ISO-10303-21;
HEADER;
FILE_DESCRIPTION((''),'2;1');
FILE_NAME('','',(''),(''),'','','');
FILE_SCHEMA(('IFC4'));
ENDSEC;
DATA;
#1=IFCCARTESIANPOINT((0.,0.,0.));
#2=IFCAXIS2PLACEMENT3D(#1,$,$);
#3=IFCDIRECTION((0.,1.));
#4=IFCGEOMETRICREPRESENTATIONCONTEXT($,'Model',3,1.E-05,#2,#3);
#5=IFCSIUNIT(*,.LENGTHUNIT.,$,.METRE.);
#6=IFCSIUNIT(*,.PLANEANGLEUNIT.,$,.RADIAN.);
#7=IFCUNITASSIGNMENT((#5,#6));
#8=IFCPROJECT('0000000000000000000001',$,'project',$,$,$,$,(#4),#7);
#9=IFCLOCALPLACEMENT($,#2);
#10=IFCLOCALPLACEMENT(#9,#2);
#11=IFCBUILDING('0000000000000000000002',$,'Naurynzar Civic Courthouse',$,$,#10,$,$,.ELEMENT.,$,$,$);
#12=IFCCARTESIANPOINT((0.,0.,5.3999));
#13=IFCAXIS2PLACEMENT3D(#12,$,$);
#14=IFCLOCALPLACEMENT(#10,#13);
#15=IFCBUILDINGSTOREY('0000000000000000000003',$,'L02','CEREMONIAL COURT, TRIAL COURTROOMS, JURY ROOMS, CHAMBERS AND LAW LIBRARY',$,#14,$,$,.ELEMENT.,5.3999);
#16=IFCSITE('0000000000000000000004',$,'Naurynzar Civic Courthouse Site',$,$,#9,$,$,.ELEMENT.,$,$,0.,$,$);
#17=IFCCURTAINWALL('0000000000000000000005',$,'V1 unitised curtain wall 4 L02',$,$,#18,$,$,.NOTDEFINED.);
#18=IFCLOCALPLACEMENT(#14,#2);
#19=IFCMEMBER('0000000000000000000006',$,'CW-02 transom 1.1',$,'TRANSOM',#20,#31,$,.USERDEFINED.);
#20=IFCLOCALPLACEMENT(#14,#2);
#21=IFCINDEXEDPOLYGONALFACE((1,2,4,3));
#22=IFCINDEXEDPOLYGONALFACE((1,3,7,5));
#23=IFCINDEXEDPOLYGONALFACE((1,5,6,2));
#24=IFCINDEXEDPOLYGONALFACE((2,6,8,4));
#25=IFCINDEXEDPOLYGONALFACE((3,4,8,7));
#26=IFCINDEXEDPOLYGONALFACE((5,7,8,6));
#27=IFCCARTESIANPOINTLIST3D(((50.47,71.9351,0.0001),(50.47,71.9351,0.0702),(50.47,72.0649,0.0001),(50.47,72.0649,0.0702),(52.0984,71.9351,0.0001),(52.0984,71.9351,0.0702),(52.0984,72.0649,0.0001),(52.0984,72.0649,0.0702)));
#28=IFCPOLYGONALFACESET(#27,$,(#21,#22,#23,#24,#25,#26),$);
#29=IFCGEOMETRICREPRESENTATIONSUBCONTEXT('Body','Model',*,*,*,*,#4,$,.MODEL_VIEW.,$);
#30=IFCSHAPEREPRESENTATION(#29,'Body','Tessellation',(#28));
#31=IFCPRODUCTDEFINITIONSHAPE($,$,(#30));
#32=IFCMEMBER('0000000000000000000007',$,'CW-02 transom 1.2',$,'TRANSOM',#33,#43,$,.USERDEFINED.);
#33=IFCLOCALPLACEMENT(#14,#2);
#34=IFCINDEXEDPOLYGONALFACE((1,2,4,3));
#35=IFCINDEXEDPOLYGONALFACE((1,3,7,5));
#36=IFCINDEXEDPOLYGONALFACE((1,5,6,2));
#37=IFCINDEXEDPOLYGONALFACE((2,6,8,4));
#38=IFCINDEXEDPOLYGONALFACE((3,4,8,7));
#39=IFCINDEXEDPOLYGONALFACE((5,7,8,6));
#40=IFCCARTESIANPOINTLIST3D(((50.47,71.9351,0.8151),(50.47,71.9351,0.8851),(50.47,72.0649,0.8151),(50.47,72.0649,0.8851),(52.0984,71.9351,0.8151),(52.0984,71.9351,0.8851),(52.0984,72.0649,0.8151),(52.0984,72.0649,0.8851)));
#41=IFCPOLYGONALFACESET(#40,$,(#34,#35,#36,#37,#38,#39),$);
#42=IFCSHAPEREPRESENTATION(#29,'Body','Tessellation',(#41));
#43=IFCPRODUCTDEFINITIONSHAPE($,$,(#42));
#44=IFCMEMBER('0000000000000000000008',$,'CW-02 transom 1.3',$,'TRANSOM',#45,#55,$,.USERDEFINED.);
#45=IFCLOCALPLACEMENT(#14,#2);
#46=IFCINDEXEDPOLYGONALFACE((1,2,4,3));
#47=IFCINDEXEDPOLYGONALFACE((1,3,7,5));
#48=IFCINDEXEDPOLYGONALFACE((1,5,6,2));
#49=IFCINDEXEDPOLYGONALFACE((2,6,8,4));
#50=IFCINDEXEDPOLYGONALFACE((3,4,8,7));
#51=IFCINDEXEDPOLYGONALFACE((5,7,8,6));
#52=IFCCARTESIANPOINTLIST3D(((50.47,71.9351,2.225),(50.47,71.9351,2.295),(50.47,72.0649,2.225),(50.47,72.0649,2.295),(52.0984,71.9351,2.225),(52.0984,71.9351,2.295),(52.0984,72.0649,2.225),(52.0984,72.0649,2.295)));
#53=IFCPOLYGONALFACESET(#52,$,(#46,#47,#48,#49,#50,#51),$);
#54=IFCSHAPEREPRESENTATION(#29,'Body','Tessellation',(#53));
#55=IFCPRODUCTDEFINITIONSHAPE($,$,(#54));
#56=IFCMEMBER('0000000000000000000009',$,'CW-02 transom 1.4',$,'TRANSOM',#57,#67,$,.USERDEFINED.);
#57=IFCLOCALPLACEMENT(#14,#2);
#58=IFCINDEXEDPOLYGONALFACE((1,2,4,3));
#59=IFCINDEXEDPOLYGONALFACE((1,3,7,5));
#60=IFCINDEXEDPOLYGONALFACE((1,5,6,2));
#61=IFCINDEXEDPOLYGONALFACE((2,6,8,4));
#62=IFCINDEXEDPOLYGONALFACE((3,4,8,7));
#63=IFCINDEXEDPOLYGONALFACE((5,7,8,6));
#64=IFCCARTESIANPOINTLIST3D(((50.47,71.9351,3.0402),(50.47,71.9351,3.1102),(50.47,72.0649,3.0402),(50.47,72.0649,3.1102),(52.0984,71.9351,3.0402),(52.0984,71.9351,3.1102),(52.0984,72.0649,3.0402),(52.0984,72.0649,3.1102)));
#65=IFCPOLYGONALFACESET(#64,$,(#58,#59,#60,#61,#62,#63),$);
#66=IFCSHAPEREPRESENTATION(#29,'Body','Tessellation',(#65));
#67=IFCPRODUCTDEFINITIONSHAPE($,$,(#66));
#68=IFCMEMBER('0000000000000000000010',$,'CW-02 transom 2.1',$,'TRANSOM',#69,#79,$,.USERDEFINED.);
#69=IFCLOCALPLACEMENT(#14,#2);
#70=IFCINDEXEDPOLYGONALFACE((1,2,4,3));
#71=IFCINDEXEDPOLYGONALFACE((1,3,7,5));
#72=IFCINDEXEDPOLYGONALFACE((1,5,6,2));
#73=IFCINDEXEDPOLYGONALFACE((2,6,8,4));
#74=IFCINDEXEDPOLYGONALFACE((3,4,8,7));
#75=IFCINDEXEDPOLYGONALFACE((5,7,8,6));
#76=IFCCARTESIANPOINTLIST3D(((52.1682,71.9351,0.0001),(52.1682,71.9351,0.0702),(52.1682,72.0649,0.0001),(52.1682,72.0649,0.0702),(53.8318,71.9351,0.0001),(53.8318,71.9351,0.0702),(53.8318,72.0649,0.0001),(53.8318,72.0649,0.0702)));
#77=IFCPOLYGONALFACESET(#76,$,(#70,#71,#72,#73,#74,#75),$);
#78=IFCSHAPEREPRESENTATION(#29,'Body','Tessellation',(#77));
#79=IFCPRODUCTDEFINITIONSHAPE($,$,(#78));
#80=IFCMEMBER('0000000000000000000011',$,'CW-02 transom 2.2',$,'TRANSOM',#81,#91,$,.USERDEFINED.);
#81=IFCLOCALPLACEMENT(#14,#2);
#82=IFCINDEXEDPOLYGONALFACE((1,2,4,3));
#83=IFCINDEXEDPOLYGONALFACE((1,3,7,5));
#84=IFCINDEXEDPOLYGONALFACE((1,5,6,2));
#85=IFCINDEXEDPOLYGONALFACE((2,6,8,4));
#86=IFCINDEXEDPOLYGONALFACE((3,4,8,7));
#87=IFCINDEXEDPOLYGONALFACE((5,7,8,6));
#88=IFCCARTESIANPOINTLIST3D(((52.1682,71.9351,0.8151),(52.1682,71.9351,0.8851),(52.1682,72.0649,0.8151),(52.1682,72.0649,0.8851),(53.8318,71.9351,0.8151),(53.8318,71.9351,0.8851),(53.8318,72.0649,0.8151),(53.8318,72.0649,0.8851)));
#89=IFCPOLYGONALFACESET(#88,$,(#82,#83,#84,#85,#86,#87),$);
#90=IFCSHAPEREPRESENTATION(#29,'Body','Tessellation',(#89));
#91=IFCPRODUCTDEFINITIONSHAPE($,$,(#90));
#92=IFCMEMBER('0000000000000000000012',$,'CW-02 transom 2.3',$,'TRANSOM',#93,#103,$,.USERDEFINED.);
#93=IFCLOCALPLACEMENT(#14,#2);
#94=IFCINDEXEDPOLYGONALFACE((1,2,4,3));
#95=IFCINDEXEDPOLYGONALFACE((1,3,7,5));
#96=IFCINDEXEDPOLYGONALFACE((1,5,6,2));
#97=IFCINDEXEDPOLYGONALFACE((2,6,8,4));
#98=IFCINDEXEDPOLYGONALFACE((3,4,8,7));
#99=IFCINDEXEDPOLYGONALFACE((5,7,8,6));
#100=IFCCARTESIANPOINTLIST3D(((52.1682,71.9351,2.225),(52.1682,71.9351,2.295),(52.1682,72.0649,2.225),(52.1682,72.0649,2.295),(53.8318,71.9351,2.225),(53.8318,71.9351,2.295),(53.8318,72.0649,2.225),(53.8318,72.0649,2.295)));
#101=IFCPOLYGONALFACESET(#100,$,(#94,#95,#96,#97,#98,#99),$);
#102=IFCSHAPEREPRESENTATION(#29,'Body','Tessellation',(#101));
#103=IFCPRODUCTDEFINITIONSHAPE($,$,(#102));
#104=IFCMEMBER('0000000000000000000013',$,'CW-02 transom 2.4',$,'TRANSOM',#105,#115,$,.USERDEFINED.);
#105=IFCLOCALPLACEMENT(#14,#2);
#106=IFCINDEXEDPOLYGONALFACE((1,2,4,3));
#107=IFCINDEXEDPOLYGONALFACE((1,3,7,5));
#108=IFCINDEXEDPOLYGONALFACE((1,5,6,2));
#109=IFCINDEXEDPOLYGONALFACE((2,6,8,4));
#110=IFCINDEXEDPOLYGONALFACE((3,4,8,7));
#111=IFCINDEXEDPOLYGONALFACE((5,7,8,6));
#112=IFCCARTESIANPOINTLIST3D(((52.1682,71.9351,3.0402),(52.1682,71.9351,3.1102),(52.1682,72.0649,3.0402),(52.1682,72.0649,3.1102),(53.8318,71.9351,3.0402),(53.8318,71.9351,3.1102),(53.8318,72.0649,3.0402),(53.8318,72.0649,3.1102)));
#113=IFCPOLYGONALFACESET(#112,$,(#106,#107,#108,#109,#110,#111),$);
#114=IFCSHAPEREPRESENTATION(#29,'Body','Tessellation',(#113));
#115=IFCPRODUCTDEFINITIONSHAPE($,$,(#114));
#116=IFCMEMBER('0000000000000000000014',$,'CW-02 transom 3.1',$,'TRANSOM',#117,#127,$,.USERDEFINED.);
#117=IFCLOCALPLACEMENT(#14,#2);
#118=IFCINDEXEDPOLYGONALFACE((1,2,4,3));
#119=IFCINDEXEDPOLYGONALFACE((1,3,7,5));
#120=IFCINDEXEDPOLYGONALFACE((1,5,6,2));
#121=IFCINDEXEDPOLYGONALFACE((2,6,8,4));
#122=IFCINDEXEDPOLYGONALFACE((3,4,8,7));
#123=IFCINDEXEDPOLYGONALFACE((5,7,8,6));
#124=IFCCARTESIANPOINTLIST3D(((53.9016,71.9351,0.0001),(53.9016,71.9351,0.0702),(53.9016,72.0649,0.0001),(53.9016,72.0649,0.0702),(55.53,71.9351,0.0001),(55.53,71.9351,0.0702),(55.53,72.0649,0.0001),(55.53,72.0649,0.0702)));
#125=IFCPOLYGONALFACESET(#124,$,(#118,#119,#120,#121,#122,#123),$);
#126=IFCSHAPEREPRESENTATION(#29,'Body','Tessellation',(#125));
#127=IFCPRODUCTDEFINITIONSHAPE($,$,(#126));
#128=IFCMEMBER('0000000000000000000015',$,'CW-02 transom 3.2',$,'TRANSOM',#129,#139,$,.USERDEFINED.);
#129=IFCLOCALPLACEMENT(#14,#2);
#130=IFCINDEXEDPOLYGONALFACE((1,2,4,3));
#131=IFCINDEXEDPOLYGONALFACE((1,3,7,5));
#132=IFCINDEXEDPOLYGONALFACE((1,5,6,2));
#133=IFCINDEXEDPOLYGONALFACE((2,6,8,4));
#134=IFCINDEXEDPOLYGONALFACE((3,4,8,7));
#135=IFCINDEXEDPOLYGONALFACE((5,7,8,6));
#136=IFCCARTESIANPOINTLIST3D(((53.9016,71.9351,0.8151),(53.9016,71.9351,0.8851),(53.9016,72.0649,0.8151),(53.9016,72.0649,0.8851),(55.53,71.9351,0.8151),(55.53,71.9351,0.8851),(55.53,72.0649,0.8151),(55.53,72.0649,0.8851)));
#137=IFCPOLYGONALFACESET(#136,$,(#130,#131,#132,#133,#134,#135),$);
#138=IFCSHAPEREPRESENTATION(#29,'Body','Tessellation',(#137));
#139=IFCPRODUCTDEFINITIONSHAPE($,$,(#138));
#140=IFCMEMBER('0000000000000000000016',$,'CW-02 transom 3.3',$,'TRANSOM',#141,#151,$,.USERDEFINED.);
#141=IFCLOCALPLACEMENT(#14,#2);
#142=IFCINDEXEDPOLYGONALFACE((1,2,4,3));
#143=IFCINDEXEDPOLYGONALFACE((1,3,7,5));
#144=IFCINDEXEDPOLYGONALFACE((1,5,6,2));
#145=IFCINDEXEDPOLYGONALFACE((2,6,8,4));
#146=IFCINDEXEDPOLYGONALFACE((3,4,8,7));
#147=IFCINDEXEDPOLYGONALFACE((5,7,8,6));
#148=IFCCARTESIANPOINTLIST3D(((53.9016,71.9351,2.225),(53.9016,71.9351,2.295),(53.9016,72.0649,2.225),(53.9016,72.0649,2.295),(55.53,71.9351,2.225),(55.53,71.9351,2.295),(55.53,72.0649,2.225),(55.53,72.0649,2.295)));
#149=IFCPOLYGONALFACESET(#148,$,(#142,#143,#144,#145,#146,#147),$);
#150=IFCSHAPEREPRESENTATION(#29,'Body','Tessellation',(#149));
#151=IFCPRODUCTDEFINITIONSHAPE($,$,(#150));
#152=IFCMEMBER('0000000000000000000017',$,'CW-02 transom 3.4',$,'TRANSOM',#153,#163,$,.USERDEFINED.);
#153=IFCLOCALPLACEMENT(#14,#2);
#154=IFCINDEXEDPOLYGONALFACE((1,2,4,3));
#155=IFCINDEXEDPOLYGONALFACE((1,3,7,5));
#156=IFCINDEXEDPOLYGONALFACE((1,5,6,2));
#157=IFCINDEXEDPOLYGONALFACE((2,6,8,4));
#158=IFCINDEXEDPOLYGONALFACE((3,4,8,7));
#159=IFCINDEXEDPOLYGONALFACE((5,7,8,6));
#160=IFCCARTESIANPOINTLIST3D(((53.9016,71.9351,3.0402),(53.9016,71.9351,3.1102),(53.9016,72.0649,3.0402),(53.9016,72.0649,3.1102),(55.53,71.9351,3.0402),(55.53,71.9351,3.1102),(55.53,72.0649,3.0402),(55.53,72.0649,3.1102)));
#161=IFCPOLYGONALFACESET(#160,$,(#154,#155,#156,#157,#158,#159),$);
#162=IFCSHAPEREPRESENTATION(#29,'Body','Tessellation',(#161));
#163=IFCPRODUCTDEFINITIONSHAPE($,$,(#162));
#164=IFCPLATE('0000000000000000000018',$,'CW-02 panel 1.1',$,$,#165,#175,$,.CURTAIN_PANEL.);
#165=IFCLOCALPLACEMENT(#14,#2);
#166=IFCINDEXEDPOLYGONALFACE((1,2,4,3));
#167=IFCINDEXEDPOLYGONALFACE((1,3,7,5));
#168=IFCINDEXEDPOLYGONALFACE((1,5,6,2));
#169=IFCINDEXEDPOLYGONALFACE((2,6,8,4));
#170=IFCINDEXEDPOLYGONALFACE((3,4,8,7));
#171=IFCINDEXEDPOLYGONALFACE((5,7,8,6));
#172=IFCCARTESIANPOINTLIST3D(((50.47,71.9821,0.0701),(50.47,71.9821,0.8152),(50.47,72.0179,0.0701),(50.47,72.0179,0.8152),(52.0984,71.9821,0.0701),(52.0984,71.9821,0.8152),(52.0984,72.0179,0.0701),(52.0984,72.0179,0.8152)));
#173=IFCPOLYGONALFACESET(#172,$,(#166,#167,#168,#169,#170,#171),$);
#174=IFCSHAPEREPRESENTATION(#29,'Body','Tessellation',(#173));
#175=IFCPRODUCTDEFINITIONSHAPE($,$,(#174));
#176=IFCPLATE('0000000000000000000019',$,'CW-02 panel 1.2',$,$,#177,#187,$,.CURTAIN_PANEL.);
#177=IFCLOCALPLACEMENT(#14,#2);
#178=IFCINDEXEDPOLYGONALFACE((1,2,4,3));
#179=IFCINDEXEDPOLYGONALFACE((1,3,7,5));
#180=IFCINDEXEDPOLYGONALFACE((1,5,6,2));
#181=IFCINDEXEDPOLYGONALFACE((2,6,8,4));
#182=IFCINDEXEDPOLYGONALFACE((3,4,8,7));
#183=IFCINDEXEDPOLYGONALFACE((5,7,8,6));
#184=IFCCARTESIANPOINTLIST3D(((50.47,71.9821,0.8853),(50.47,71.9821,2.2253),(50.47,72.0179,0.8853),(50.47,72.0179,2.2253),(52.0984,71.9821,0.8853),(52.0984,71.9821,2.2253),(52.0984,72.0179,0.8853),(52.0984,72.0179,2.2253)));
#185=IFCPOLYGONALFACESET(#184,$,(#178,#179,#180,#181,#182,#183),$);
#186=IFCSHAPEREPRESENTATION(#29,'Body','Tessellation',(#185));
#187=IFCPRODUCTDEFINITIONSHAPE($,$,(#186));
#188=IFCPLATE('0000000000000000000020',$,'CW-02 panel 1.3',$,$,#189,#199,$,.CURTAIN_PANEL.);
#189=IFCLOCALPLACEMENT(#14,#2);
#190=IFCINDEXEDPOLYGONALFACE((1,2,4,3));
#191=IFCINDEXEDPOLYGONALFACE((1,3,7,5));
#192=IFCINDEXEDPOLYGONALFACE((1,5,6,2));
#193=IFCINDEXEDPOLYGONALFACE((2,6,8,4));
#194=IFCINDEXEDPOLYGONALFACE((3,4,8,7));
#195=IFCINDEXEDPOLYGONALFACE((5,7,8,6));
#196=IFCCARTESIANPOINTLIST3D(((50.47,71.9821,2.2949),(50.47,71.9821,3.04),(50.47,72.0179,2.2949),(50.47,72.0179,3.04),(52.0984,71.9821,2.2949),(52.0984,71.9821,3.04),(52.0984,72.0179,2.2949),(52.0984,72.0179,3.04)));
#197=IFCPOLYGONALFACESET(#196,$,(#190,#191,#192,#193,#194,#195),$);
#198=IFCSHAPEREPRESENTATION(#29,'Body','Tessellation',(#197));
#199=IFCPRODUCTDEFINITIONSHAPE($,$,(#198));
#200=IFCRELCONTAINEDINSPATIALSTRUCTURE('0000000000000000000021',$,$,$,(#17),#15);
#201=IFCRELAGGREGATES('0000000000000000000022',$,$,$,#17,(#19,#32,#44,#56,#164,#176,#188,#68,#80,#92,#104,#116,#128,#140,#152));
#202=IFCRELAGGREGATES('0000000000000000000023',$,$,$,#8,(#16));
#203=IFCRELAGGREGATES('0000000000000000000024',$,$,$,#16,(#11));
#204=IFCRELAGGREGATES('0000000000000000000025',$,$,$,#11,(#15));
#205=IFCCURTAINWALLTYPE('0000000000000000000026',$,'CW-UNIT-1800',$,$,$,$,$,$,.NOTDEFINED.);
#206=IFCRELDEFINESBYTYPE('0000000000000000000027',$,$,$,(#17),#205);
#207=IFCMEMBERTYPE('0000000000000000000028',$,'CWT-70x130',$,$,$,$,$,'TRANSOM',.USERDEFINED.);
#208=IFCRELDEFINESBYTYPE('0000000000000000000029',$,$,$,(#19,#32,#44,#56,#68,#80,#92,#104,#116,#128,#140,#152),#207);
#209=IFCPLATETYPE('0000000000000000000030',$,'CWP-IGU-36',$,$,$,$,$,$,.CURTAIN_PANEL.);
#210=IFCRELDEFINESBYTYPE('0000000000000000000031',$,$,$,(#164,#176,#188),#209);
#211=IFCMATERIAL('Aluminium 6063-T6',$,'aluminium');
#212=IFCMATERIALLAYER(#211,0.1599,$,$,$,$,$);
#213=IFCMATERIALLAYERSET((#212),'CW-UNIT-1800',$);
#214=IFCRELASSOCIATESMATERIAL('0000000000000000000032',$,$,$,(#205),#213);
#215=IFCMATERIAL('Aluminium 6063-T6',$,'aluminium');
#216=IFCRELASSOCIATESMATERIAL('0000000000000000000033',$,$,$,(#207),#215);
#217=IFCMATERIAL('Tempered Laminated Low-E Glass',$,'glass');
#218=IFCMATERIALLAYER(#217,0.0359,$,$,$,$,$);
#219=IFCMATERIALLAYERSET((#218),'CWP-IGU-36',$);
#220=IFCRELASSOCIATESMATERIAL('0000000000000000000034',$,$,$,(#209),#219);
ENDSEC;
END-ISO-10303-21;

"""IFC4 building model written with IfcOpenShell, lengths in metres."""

from ifc_helpers import new_model, si_unit, direction, frame, origin, origin_2d, place, context, subcontext, project, spatial, rectangle, extrude, material, layer, layer_set, material_profile, profile_set, type_object, element, aggregate, save


model = new_model("IFC4")

# Units and contexts
model_context = context("Model", 3, precision=1e-05, world=origin(), true_north=direction((0.0, 1.0)))
body_context = subcontext(model_context, "Body", "Model", "MODEL_VIEW")
ifc_project = project(units=[si_unit("LENGTHUNIT", "METRE"), si_unit("PLANEANGLEUNIT", "RADIAN")], contexts=[model_context])

# Site, building, storey
site_placement = place(None, origin())
site = spatial("IfcSite", under=ifc_project, at=site_placement, Name="Naurynzar Civic Courthouse Site", CompositionType="ELEMENT", RefElevation=0.0)
building_placement = place(site_placement, origin())
building = spatial("IfcBuilding", under=site, at=building_placement, Name="Naurynzar Civic Courthouse", CompositionType="ELEMENT")
storey_placement = place(building_placement, frame((0.0, 0.0, 5.3999)))
storey = spatial("IfcBuildingStorey", under=building, at=storey_placement, Name="L02", Description="CEREMONIAL COURT, TRIAL COURTROOMS, JURY ROOMS, CHAMBERS AND LAW LIBRARY", CompositionType="ELEMENT", Elevation=5.3999)

# Curtain wall
ifc_material_1 = material(Name="Aluminium 6063-T6", Category="aluminium")
ifc_layer_1 = layer(ifc_material_1, 0.1599)
ifc_layer_set_1 = layer_set([ifc_layer_1], Name="CW-UNIT-1800")
curtain_wall_type_1 = type_object("IfcCurtainWallType", Name="CW-UNIT-1800", PredefinedType="NOTDEFINED", material=ifc_layer_set_1)
curtain_wall_1_placement = place(storey_placement, origin())
curtain_wall_1 = element("IfcCurtainWall", 1, at=curtain_wall_1_placement, inside=storey, type_object=curtain_wall_type_1, Name="V1 unitised curtain wall 4 L02", PredefinedType="NOTDEFINED")

# Members
ifc_material_2 = material(Name="Aluminium 6063-T6", Category="aluminium")
ifc_material_profile_1 = material_profile(ifc_material_2, rectangle(XDim=0.1299, YDim=0.0701, at=origin_2d()), Name="ALU TRANSOM 70x130")
ifc_profile_set_1 = profile_set([ifc_material_profile_1], Name="Aluminium 6063-T6")
member_type_1 = type_object("IfcMemberType", Name="CWT-70x130", ElementType="TRANSOM", PredefinedType="USERDEFINED", material=ifc_profile_set_1)
member_1_placement = place(storey_placement, frame((50.47, 72.0, 0.0352), z_axis=(1.0, 0.0, 0.0), x_axis=(0.0, 1.0, 0.0)))
member_1 = element("IfcMember", 2, at=member_1_placement, type_object=member_type_1, Name="CW-02 transom 1.1", ObjectType="TRANSOM", PredefinedType="USERDEFINED", context=body_context, shape_type="SweptSolid", body=[
    extrude(rectangle(XDim=0.1299, YDim=0.0701, at=origin_2d()), origin(), (0.0, 0.0, 1.0), 1.6284),
])
member_2_placement = place(storey_placement, frame((50.47, 72.0, 0.8501), z_axis=(1.0, 0.0, 0.0), x_axis=(0.0, 1.0, 0.0)))
member_2 = element("IfcMember", 3, at=member_2_placement, type_object=member_type_1, Name="CW-02 transom 1.2", ObjectType="TRANSOM", PredefinedType="USERDEFINED", context=body_context, shape_type="SweptSolid", body=[
    extrude(rectangle(XDim=0.1299, YDim=0.0701, at=origin_2d()), origin(), (0.0, 0.0, 1.0), 1.6284),
])
member_3_placement = place(storey_placement, frame((50.47, 72.0, 2.26), z_axis=(1.0, 0.0, 0.0), x_axis=(0.0, 1.0, 0.0)))
member_3 = element("IfcMember", 4, at=member_3_placement, type_object=member_type_1, Name="CW-02 transom 1.3", ObjectType="TRANSOM", PredefinedType="USERDEFINED", context=body_context, shape_type="SweptSolid", body=[
    extrude(rectangle(XDim=0.1299, YDim=0.0701, at=origin_2d()), origin(), (0.0, 0.0, 1.0), 1.6284),
])
member_4_placement = place(storey_placement, frame((50.47, 72.0, 3.0752), z_axis=(1.0, 0.0, 0.0), x_axis=(0.0, 1.0, 0.0)))
member_4 = element("IfcMember", 5, at=member_4_placement, type_object=member_type_1, Name="CW-02 transom 1.4", ObjectType="TRANSOM", PredefinedType="USERDEFINED", context=body_context, shape_type="SweptSolid", body=[
    extrude(rectangle(XDim=0.1299, YDim=0.0701, at=origin_2d()), origin(), (0.0, 0.0, 1.0), 1.6284),
])
member_5_placement = place(storey_placement, frame((52.1682, 72.0, 0.0352), z_axis=(1.0, 0.0, 0.0), x_axis=(0.0, 1.0, 0.0)))
member_5 = element("IfcMember", 6, at=member_5_placement, type_object=member_type_1, Name="CW-02 transom 2.1", ObjectType="TRANSOM", PredefinedType="USERDEFINED", context=body_context, shape_type="SweptSolid", body=[
    extrude(rectangle(XDim=0.1299, YDim=0.0701, at=origin_2d()), origin(), (0.0, 0.0, 1.0), 1.6636),
])
member_6_placement = place(storey_placement, frame((52.1682, 72.0, 0.8501), z_axis=(1.0, 0.0, 0.0), x_axis=(0.0, 1.0, 0.0)))
member_6 = element("IfcMember", 7, at=member_6_placement, type_object=member_type_1, Name="CW-02 transom 2.2", ObjectType="TRANSOM", PredefinedType="USERDEFINED", context=body_context, shape_type="SweptSolid", body=[
    extrude(rectangle(XDim=0.1299, YDim=0.0701, at=origin_2d()), origin(), (0.0, 0.0, 1.0), 1.6636),
])
member_7_placement = place(storey_placement, frame((52.1682, 72.0, 2.26), z_axis=(1.0, 0.0, 0.0), x_axis=(0.0, 1.0, 0.0)))
member_7 = element("IfcMember", 8, at=member_7_placement, type_object=member_type_1, Name="CW-02 transom 2.3", ObjectType="TRANSOM", PredefinedType="USERDEFINED", context=body_context, shape_type="SweptSolid", body=[
    extrude(rectangle(XDim=0.1299, YDim=0.0701, at=origin_2d()), origin(), (0.0, 0.0, 1.0), 1.6636),
])
member_8_placement = place(storey_placement, frame((52.1682, 72.0, 3.0752), z_axis=(1.0, 0.0, 0.0), x_axis=(0.0, 1.0, 0.0)))
member_8 = element("IfcMember", 9, at=member_8_placement, type_object=member_type_1, Name="CW-02 transom 2.4", ObjectType="TRANSOM", PredefinedType="USERDEFINED", context=body_context, shape_type="SweptSolid", body=[
    extrude(rectangle(XDim=0.1299, YDim=0.0701, at=origin_2d()), origin(), (0.0, 0.0, 1.0), 1.6636),
])
member_9_placement = place(storey_placement, frame((53.9016, 72.0, 0.0352), z_axis=(1.0, 0.0, 0.0), x_axis=(0.0, 1.0, 0.0)))
member_9 = element("IfcMember", 10, at=member_9_placement, type_object=member_type_1, Name="CW-02 transom 3.1", ObjectType="TRANSOM", PredefinedType="USERDEFINED", context=body_context, shape_type="SweptSolid", body=[
    extrude(rectangle(XDim=0.1299, YDim=0.0701, at=origin_2d()), origin(), (0.0, 0.0, 1.0), 1.6284),
])
member_10_placement = place(storey_placement, frame((53.9016, 72.0, 0.8501), z_axis=(1.0, 0.0, 0.0), x_axis=(0.0, 1.0, 0.0)))
member_10 = element("IfcMember", 11, at=member_10_placement, type_object=member_type_1, Name="CW-02 transom 3.2", ObjectType="TRANSOM", PredefinedType="USERDEFINED", context=body_context, shape_type="SweptSolid", body=[
    extrude(rectangle(XDim=0.1299, YDim=0.0701, at=origin_2d()), origin(), (0.0, 0.0, 1.0), 1.6284),
])
member_11_placement = place(storey_placement, frame((53.9016, 72.0, 2.26), z_axis=(1.0, 0.0, 0.0), x_axis=(0.0, 1.0, 0.0)))
member_11 = element("IfcMember", 12, at=member_11_placement, type_object=member_type_1, Name="CW-02 transom 3.3", ObjectType="TRANSOM", PredefinedType="USERDEFINED", context=body_context, shape_type="SweptSolid", body=[
    extrude(rectangle(XDim=0.1299, YDim=0.0701, at=origin_2d()), origin(), (0.0, 0.0, 1.0), 1.6284),
])
member_12_placement = place(storey_placement, frame((53.9016, 72.0, 3.0752), z_axis=(1.0, 0.0, 0.0), x_axis=(0.0, 1.0, 0.0)))
member_12 = element("IfcMember", 13, at=member_12_placement, type_object=member_type_1, Name="CW-02 transom 3.4", ObjectType="TRANSOM", PredefinedType="USERDEFINED", context=body_context, shape_type="SweptSolid", body=[
    extrude(rectangle(XDim=0.1299, YDim=0.0701, at=origin_2d()), origin(), (0.0, 0.0, 1.0), 1.6284),
])

# Plates
ifc_material_3 = material(Name="Tempered Laminated Low-E Glass", Category="glass")
ifc_layer_2 = layer(ifc_material_3, 0.0359)
ifc_layer_set_2 = layer_set([ifc_layer_2], Name="CWP-IGU-36")
plate_type = type_object("IfcPlateType", Name="CWP-IGU-36", PredefinedType="CURTAIN_PANEL", material=ifc_layer_set_2)
plate_1_placement = place(storey_placement, frame((51.2842, 72.0, 0.0701), z_axis=(0.0, 0.0, 1.0), x_axis=(1.0, 0.0, 0.0)))
plate_1 = element("IfcPlate", 14, at=plate_1_placement, type_object=plate_type, Name="CW-02 panel 1.1", PredefinedType="CURTAIN_PANEL", context=body_context, shape_type="SweptSolid", body=[
    extrude(rectangle(XDim=1.6284, YDim=0.0359, at=origin_2d()), origin(), (0.0, 0.0, 1.0), 0.7451),
])
plate_2_placement = place(storey_placement, frame((51.2842, 72.0, 0.8853), z_axis=(0.0, 0.0, 1.0), x_axis=(1.0, 0.0, 0.0)))
plate_2 = element("IfcPlate", 15, at=plate_2_placement, type_object=plate_type, Name="CW-02 panel 1.2", PredefinedType="CURTAIN_PANEL", context=body_context, shape_type="SweptSolid", body=[
    extrude(rectangle(XDim=1.6284, YDim=0.0359, at=origin_2d()), origin(), (0.0, 0.0, 1.0), 1.3401),
])
plate_3_placement = place(storey_placement, frame((51.2842, 72.0, 2.2949), z_axis=(0.0, 0.0, 1.0), x_axis=(1.0, 0.0, 0.0)))
plate_3 = element("IfcPlate", 16, at=plate_3_placement, type_object=plate_type, Name="CW-02 panel 1.3", PredefinedType="CURTAIN_PANEL", context=body_context, shape_type="SweptSolid", body=[
    extrude(rectangle(XDim=1.6284, YDim=0.0359, at=origin_2d()), origin(), (0.0, 0.0, 1.0), 0.7451),
])
aggregate(curtain_wall_1, [member_1, member_2, member_3, member_4, plate_1, plate_2, plate_3, member_5, member_6, member_7, member_8, member_9, member_10, member_11, member_12])

save(model, "model.ifc")
